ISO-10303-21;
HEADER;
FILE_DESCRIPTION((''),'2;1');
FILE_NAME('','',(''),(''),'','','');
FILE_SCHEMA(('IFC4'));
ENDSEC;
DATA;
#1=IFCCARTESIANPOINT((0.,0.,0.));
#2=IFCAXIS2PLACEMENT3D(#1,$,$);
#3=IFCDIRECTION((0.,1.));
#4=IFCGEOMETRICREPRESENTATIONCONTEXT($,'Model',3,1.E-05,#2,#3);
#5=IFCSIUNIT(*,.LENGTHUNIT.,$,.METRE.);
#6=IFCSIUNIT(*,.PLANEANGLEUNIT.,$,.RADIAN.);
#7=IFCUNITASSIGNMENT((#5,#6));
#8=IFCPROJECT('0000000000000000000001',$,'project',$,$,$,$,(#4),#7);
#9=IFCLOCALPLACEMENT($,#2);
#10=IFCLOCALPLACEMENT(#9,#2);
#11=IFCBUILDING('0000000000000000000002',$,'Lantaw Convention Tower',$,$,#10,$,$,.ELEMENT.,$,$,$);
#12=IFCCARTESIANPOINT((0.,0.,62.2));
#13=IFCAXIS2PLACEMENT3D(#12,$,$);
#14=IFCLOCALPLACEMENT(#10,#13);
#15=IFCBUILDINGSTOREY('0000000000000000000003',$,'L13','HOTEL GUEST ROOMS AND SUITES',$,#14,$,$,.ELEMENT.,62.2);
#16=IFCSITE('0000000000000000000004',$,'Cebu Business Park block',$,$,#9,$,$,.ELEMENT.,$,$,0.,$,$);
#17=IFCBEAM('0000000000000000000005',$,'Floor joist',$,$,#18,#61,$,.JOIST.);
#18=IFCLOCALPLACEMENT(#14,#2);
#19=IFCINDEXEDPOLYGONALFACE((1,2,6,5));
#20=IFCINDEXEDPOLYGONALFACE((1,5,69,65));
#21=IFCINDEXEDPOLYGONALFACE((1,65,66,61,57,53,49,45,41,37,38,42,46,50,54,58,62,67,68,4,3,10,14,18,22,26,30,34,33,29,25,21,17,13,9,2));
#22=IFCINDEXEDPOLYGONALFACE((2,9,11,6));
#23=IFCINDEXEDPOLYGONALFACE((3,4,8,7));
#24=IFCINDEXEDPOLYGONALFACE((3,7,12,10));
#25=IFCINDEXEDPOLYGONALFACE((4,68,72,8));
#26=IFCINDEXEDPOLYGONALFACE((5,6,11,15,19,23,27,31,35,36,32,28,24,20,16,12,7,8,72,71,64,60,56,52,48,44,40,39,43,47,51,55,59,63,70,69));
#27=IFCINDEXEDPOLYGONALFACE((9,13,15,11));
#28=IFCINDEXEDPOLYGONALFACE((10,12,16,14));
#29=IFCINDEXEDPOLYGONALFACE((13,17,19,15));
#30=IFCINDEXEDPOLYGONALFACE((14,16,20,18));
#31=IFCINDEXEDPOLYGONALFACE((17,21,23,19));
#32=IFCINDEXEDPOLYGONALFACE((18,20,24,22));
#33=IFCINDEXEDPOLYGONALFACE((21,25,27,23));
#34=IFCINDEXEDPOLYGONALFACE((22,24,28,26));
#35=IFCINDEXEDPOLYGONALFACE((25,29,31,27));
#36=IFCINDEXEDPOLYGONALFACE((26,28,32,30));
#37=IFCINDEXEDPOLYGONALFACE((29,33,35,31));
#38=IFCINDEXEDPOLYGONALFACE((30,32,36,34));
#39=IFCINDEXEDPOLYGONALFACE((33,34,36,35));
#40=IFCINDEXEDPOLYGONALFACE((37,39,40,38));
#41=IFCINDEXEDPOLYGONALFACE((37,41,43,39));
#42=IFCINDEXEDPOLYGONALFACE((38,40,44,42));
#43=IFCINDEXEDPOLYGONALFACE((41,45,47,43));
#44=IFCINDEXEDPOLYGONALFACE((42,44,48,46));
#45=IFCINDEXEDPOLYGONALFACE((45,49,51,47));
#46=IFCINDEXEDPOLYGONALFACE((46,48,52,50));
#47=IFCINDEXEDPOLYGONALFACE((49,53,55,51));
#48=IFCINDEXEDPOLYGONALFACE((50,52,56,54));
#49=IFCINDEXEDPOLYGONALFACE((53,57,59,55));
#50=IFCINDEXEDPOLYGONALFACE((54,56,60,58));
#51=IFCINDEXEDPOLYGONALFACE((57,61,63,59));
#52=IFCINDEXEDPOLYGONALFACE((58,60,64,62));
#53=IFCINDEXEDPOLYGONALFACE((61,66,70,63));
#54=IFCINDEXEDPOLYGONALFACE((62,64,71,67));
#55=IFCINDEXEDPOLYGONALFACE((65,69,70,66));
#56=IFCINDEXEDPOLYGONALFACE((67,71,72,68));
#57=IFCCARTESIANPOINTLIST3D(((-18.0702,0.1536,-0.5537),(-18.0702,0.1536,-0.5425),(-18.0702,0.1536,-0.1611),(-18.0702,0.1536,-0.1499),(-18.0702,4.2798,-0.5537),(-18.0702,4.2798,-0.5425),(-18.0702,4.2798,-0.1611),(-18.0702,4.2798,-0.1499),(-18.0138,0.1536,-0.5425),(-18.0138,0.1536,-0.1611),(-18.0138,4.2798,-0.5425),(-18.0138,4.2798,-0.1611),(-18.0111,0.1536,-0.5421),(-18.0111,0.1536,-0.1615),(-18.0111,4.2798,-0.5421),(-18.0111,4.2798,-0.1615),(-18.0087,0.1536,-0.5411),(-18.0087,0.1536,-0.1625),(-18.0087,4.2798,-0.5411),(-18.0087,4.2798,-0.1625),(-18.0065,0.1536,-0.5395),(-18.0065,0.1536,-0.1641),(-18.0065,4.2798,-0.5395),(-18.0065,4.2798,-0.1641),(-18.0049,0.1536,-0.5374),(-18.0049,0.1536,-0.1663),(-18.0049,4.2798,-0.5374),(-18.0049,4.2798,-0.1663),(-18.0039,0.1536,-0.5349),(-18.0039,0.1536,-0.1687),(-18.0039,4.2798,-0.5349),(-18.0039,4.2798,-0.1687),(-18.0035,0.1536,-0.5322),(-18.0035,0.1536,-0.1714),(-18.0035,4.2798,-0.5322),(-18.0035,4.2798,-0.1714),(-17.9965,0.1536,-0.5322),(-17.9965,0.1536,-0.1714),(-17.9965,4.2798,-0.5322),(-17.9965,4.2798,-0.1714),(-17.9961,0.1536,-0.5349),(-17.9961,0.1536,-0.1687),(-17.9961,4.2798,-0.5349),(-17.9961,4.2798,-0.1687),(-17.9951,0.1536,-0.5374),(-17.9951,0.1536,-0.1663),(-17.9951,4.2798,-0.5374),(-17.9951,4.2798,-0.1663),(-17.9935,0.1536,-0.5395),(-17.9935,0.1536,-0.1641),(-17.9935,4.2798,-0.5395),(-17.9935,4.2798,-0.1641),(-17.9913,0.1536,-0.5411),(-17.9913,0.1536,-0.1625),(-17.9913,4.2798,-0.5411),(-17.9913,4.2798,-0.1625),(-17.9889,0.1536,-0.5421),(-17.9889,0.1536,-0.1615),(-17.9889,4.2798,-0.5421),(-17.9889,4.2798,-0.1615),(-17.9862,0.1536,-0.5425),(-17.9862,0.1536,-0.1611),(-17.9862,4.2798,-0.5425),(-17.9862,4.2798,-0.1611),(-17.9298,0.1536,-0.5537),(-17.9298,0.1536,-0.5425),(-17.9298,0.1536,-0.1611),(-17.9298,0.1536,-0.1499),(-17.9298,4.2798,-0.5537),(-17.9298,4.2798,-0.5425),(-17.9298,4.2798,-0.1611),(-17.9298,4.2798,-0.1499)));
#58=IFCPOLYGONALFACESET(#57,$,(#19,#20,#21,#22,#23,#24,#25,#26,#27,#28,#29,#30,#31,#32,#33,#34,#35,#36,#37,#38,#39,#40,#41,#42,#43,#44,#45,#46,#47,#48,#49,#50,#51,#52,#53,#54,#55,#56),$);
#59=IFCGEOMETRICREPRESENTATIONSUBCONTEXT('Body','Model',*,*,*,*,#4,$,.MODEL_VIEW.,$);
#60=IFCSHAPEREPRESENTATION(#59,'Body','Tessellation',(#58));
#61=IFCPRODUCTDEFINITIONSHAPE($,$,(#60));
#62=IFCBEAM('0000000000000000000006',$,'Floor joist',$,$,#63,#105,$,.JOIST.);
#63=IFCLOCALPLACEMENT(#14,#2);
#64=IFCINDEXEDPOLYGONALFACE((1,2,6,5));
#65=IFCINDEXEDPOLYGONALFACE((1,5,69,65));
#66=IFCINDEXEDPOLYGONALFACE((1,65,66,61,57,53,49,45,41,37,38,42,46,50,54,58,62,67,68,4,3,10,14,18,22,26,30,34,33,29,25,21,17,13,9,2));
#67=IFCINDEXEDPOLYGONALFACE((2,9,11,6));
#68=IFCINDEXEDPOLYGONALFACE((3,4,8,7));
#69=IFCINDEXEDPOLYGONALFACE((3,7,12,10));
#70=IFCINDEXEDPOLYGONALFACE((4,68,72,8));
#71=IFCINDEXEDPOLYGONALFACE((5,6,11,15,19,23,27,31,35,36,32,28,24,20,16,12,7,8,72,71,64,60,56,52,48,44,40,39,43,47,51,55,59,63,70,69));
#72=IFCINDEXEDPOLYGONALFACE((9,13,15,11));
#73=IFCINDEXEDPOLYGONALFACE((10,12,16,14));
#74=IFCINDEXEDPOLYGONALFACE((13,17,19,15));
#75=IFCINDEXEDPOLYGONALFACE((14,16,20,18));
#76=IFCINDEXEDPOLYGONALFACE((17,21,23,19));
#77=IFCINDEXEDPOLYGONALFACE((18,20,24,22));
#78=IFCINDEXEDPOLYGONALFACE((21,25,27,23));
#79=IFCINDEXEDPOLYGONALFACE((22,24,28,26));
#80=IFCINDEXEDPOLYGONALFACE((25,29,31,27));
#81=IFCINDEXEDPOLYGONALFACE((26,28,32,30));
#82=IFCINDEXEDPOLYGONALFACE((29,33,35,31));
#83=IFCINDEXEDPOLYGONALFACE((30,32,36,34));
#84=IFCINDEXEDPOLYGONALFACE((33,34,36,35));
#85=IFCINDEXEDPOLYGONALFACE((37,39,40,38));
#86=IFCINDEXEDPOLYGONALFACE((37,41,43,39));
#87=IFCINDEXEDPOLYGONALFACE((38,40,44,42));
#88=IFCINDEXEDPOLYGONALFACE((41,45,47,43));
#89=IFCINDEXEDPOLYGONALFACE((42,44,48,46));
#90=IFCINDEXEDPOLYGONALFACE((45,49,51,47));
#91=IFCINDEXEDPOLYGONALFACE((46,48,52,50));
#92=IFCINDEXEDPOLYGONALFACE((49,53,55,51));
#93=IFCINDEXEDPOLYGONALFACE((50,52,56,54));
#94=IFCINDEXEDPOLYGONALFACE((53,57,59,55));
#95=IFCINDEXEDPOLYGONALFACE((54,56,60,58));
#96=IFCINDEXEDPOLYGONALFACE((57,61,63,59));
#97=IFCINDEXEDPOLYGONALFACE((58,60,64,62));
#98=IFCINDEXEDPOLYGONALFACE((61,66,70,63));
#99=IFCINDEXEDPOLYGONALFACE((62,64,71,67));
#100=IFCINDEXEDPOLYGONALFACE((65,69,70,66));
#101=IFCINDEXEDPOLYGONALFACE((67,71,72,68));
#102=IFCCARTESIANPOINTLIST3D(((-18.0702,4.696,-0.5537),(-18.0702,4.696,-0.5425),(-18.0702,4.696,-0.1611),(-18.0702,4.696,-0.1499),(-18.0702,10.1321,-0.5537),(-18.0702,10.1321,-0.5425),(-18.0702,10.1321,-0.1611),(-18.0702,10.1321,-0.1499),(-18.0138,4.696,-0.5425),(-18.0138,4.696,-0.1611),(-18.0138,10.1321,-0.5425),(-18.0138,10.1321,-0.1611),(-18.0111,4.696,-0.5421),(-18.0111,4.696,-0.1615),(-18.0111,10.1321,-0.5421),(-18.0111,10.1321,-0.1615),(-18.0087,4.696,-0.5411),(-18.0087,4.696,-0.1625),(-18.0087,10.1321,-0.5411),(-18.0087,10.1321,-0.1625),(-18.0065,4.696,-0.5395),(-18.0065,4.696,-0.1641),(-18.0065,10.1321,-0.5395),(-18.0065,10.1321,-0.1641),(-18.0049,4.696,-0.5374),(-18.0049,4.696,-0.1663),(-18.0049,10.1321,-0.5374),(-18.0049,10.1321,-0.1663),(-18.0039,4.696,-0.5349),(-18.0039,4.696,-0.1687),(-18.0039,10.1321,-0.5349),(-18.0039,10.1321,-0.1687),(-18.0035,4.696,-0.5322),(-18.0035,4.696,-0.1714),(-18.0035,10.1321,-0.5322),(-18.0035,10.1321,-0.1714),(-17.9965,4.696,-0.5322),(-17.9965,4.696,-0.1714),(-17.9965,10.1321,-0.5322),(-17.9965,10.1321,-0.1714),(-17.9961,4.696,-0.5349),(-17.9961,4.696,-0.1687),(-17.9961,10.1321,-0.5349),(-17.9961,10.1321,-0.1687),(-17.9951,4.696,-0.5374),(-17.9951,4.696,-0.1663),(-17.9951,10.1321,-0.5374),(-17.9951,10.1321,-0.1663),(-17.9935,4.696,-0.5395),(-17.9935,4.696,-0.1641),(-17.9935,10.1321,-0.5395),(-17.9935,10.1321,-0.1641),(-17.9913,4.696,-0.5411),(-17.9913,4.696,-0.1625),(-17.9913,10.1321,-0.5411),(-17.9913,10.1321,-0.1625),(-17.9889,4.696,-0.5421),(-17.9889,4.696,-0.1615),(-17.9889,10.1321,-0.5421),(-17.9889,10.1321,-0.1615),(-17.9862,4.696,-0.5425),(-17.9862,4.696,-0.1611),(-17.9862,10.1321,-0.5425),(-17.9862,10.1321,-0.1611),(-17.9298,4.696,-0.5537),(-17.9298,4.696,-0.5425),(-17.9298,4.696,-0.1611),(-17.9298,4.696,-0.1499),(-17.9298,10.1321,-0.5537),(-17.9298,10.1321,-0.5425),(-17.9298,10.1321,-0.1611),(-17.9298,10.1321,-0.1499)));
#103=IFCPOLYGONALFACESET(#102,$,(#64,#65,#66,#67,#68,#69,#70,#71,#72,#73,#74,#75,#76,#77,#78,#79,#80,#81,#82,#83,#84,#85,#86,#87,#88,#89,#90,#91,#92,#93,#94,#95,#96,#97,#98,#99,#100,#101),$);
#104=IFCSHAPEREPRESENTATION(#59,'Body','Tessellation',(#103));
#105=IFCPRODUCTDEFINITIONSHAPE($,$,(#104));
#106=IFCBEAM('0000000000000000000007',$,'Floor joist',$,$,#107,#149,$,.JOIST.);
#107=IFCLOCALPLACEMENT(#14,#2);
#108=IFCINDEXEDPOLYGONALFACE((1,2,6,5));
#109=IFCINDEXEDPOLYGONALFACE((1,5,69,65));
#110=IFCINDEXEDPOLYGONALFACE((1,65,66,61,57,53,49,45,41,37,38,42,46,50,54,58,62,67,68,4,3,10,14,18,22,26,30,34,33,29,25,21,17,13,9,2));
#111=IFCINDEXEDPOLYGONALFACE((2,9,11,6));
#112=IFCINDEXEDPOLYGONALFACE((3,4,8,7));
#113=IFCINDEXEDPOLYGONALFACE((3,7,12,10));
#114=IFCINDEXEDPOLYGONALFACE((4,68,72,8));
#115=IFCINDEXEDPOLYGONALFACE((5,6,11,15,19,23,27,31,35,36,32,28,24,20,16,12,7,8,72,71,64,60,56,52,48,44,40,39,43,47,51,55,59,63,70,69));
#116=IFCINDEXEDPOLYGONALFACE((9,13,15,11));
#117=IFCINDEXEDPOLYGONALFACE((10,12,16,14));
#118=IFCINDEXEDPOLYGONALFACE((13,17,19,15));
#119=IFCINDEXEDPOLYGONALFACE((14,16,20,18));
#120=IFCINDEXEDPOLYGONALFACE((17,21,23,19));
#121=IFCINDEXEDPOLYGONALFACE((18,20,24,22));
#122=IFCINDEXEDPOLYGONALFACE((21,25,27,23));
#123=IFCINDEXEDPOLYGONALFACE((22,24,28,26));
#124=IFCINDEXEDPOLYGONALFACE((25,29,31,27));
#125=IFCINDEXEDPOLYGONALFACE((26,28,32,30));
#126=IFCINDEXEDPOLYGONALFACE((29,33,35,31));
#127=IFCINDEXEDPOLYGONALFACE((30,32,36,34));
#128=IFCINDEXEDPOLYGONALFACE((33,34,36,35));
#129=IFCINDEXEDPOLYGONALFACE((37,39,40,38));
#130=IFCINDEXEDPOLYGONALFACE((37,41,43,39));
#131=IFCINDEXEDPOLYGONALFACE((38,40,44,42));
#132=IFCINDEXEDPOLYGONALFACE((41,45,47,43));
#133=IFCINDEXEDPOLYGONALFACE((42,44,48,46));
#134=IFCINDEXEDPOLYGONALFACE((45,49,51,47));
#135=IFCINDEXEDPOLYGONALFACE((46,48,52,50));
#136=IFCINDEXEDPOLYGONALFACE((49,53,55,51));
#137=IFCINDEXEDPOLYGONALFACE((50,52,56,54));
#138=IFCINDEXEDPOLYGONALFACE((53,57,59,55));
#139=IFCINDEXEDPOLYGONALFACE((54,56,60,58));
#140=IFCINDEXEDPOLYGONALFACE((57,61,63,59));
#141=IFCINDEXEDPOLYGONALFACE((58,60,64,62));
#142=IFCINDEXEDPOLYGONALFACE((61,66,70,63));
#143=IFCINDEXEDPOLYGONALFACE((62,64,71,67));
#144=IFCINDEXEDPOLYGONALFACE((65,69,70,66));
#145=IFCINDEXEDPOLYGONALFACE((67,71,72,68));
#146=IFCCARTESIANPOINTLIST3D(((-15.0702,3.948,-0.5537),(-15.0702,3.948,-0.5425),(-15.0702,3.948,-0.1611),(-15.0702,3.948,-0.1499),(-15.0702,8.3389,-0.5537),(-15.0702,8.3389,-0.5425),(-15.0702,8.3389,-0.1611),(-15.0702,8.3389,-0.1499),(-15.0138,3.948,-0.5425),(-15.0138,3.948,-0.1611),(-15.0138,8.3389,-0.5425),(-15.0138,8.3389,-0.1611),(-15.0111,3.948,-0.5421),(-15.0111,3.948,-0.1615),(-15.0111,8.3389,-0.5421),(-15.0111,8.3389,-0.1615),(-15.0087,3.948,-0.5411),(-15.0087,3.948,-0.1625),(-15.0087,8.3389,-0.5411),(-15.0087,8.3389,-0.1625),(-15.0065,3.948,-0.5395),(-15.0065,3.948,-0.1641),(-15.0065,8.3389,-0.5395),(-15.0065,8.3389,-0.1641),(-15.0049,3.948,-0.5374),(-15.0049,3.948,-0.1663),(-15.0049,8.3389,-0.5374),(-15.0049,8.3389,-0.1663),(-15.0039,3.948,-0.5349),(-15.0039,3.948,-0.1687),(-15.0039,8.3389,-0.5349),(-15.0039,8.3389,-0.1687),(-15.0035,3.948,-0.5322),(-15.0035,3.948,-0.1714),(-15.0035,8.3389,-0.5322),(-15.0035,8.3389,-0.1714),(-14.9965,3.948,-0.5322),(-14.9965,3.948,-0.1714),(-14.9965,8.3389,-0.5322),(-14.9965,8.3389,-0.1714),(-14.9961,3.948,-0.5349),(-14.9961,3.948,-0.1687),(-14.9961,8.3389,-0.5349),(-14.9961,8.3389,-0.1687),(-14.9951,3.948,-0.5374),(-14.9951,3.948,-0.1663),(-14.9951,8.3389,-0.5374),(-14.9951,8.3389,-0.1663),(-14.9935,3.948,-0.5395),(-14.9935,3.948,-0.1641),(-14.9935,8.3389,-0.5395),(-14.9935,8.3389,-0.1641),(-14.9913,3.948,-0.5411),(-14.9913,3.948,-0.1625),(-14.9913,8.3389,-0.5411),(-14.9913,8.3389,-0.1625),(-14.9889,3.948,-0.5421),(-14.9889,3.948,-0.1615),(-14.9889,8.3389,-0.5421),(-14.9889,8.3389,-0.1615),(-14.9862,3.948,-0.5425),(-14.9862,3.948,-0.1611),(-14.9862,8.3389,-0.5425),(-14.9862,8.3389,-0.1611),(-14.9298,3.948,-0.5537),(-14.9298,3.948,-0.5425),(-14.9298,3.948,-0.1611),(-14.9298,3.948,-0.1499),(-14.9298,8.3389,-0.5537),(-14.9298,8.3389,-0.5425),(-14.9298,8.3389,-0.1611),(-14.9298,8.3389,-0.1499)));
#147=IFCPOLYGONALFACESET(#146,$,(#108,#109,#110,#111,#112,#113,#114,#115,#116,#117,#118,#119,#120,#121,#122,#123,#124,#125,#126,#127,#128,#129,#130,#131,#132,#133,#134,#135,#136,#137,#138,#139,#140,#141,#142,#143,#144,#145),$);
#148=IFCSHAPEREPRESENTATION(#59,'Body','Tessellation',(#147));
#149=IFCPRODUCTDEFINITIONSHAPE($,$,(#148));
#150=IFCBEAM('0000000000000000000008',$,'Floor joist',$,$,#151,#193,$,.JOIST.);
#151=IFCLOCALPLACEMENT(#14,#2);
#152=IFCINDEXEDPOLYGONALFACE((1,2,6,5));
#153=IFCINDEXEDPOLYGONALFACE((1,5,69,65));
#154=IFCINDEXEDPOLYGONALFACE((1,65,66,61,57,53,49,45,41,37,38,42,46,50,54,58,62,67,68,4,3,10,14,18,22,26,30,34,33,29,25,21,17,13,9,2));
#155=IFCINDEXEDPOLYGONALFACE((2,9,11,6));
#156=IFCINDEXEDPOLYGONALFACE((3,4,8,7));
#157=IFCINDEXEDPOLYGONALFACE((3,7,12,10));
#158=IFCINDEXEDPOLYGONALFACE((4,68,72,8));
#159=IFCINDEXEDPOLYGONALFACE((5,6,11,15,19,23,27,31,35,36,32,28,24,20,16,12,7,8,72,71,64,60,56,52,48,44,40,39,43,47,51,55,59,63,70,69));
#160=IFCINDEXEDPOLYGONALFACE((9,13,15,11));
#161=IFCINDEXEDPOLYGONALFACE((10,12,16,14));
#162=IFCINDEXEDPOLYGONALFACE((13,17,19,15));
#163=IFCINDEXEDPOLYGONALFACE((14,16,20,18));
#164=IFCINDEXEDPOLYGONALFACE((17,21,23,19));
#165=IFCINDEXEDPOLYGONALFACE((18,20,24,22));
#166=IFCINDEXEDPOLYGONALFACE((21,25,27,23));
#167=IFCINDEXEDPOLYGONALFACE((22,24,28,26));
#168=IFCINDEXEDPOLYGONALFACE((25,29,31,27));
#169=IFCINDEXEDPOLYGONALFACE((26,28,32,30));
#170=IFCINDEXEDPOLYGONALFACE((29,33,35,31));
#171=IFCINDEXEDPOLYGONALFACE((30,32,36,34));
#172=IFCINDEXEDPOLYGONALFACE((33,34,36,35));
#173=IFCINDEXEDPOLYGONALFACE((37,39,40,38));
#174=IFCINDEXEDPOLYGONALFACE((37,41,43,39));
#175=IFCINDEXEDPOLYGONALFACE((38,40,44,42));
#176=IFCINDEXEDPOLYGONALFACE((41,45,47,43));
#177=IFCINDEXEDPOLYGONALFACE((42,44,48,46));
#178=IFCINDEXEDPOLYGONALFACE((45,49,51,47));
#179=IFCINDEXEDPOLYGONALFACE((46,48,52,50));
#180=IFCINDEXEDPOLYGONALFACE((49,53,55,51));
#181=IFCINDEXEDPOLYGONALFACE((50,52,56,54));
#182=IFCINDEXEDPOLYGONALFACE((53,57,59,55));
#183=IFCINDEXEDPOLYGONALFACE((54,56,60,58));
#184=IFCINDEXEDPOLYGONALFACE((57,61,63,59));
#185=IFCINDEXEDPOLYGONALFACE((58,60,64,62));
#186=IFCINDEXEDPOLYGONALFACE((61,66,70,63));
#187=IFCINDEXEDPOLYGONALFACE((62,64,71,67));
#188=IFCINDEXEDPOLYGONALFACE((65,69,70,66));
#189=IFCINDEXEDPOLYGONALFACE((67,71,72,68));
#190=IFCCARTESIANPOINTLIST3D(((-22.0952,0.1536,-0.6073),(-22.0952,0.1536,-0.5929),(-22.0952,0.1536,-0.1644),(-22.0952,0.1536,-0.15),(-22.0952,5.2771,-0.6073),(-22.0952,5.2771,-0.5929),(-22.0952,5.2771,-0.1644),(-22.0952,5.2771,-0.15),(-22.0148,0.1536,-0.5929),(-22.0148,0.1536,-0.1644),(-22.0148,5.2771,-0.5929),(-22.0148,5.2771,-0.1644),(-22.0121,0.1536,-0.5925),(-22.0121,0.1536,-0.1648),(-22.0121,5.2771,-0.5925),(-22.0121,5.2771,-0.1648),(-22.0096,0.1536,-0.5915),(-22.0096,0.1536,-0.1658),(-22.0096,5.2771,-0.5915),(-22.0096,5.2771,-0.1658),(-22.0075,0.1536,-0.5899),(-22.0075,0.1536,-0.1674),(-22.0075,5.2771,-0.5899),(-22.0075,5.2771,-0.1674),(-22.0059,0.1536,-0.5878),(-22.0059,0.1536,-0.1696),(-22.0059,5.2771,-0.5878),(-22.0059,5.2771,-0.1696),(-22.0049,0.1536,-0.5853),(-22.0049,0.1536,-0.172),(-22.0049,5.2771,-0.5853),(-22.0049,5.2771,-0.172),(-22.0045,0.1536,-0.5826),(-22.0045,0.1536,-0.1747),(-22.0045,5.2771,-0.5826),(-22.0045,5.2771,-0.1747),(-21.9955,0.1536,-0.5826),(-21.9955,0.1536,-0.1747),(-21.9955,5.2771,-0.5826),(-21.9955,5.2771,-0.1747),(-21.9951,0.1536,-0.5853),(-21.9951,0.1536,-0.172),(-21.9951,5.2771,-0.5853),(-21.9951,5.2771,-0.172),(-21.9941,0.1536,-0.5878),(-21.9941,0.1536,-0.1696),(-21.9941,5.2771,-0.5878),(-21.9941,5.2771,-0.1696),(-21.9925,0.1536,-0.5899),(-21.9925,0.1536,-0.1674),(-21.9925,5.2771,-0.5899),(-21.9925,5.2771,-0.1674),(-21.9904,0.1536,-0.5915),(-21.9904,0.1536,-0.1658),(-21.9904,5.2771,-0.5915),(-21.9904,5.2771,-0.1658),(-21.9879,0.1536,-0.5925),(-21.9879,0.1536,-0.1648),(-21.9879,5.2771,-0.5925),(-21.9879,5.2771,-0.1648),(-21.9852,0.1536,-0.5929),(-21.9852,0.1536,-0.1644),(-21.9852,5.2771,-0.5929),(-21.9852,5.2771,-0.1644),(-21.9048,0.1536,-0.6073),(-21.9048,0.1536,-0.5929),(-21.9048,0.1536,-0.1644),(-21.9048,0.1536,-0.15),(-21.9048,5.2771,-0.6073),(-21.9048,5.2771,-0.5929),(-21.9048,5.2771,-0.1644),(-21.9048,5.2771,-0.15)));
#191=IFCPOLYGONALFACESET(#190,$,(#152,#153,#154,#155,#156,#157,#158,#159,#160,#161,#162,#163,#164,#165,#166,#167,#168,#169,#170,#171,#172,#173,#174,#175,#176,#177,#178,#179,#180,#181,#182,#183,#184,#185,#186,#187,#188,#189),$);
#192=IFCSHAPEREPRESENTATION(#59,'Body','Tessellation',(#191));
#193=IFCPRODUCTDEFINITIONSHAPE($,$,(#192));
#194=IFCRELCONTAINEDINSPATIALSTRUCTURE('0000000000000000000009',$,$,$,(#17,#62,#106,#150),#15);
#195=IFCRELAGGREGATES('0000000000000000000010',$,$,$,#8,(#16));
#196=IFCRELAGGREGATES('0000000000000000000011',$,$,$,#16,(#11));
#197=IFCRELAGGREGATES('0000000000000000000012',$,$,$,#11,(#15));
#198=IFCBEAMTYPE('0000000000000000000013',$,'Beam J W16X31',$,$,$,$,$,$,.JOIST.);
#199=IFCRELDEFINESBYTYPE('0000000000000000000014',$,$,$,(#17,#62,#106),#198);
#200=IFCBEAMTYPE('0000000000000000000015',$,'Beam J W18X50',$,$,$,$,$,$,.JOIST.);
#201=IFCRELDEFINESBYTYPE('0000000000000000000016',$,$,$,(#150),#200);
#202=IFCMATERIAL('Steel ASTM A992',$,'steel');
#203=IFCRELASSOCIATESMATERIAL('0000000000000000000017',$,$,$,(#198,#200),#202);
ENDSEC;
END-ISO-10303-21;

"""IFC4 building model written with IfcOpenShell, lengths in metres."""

from ifc_helpers import new_model, si_unit, direction, frame, origin, origin_2d, place, context, subcontext, project, spatial, i_section, extrude, material, material_profile, profile_set, type_object, element, save


model = new_model("IFC4")

# Units and contexts
model_context = context("Model", 3, precision=1e-05, world=origin(), true_north=direction((0.0, 1.0)))
body_context = subcontext(model_context, "Body", "Model", "MODEL_VIEW")
ifc_project = project(units=[si_unit("LENGTHUNIT", "METRE"), si_unit("PLANEANGLEUNIT", "RADIAN")], contexts=[model_context])

# Site, building, storey
site_placement = place(None, origin())
site = spatial("IfcSite", under=ifc_project, at=site_placement, Name="Cebu Business Park block", CompositionType="ELEMENT", RefElevation=0.0)
building_placement = place(site_placement, origin())
building = spatial("IfcBuilding", under=site, at=building_placement, Name="Lantaw Convention Tower", CompositionType="ELEMENT")
storey_placement = place(building_placement, frame((0.0, 0.0, 62.2)))
storey = spatial("IfcBuildingStorey", under=building, at=storey_placement, Name="L13", Description="HOTEL GUEST ROOMS AND SUITES", CompositionType="ELEMENT", Elevation=62.2)

# Beams
ifc_material_1 = material(Name="Steel ASTM A992", Category="steel")
ifc_material_profile_1 = material_profile(ifc_material_1, i_section(OverallWidth=0.1404, OverallDepth=0.4038, WebThickness=0.0071, FlangeThickness=0.0112, FilletRadius=0.0103, at=origin_2d()), Name="W16X31")
ifc_profile_set_1 = profile_set([ifc_material_profile_1], Name="Steel ASTM A992")
beam_type_1 = type_object("IfcBeamType", Name="Beam J W16X31", PredefinedType="JOIST", material=ifc_profile_set_1)
beam_1_placement = place(storey_placement, frame((-18.0, 0.1536, -0.3518), z_axis=(0.0, 1.0, 0.0), x_axis=(-1.0, 0.0, 0.0)))
element("IfcBeam", 1, at=beam_1_placement, inside=storey, type_object=beam_type_1, Name="Floor joist", PredefinedType="JOIST", context=body_context, shape_type="SweptSolid", body=[
    extrude(i_section(OverallWidth=0.1404, OverallDepth=0.4038, WebThickness=0.0071, FlangeThickness=0.0112, FilletRadius=0.0103, at=origin_2d()), origin(), (0.0, 0.0, 1.0), 4.1262),
])
beam_2_placement = place(storey_placement, frame((-18.0, 4.696, -0.3518), z_axis=(0.0, 1.0, 0.0), x_axis=(-1.0, 0.0, 0.0)))
element("IfcBeam", 2, at=beam_2_placement, inside=storey, type_object=beam_type_1, Name="Floor joist", PredefinedType="JOIST", context=body_context, shape_type="SweptSolid", body=[
    extrude(i_section(OverallWidth=0.1404, OverallDepth=0.4038, WebThickness=0.0071, FlangeThickness=0.0112, FilletRadius=0.0103, at=origin_2d()), origin(), (0.0, 0.0, 1.0), 5.436),
])
beam_3_placement = place(storey_placement, frame((-15.0, 3.948, -0.3518), z_axis=(0.0, 1.0, 0.0), x_axis=(-1.0, 0.0, 0.0)))
element("IfcBeam", 3, at=beam_3_placement, inside=storey, type_object=beam_type_1, Name="Floor joist", PredefinedType="JOIST", context=body_context, shape_type="SweptSolid", body=[
    extrude(i_section(OverallWidth=0.1404, OverallDepth=0.4038, WebThickness=0.0071, FlangeThickness=0.0112, FilletRadius=0.0103, at=origin_2d()), origin(), (0.0, 0.0, 1.0), 4.3909),
])
ifc_material_profile_2 = material_profile(ifc_material_1, i_section(OverallWidth=0.1904, OverallDepth=0.4573, WebThickness=0.009, FlangeThickness=0.0144, FilletRadius=0.0103, at=origin_2d()), Name="W18X50")
ifc_profile_set_2 = profile_set([ifc_material_profile_2], Name="Steel ASTM A992")
beam_type_2 = type_object("IfcBeamType", Name="Beam J W18X50", PredefinedType="JOIST", material=ifc_profile_set_2)
beam_4_placement = place(storey_placement, frame((-22.0, 0.1536, -0.3787), z_axis=(0.0, 1.0, 0.0), x_axis=(-1.0, 0.0, 0.0)))
element("IfcBeam", 4, at=beam_4_placement, inside=storey, type_object=beam_type_2, Name="Floor joist", PredefinedType="JOIST", context=body_context, shape_type="SweptSolid", body=[
    extrude(i_section(OverallWidth=0.1904, OverallDepth=0.4573, WebThickness=0.009, FlangeThickness=0.0144, FilletRadius=0.0103, at=origin_2d()), origin(), (0.0, 0.0, 1.0), 5.1235),
])

save(model, "model.ifc")
